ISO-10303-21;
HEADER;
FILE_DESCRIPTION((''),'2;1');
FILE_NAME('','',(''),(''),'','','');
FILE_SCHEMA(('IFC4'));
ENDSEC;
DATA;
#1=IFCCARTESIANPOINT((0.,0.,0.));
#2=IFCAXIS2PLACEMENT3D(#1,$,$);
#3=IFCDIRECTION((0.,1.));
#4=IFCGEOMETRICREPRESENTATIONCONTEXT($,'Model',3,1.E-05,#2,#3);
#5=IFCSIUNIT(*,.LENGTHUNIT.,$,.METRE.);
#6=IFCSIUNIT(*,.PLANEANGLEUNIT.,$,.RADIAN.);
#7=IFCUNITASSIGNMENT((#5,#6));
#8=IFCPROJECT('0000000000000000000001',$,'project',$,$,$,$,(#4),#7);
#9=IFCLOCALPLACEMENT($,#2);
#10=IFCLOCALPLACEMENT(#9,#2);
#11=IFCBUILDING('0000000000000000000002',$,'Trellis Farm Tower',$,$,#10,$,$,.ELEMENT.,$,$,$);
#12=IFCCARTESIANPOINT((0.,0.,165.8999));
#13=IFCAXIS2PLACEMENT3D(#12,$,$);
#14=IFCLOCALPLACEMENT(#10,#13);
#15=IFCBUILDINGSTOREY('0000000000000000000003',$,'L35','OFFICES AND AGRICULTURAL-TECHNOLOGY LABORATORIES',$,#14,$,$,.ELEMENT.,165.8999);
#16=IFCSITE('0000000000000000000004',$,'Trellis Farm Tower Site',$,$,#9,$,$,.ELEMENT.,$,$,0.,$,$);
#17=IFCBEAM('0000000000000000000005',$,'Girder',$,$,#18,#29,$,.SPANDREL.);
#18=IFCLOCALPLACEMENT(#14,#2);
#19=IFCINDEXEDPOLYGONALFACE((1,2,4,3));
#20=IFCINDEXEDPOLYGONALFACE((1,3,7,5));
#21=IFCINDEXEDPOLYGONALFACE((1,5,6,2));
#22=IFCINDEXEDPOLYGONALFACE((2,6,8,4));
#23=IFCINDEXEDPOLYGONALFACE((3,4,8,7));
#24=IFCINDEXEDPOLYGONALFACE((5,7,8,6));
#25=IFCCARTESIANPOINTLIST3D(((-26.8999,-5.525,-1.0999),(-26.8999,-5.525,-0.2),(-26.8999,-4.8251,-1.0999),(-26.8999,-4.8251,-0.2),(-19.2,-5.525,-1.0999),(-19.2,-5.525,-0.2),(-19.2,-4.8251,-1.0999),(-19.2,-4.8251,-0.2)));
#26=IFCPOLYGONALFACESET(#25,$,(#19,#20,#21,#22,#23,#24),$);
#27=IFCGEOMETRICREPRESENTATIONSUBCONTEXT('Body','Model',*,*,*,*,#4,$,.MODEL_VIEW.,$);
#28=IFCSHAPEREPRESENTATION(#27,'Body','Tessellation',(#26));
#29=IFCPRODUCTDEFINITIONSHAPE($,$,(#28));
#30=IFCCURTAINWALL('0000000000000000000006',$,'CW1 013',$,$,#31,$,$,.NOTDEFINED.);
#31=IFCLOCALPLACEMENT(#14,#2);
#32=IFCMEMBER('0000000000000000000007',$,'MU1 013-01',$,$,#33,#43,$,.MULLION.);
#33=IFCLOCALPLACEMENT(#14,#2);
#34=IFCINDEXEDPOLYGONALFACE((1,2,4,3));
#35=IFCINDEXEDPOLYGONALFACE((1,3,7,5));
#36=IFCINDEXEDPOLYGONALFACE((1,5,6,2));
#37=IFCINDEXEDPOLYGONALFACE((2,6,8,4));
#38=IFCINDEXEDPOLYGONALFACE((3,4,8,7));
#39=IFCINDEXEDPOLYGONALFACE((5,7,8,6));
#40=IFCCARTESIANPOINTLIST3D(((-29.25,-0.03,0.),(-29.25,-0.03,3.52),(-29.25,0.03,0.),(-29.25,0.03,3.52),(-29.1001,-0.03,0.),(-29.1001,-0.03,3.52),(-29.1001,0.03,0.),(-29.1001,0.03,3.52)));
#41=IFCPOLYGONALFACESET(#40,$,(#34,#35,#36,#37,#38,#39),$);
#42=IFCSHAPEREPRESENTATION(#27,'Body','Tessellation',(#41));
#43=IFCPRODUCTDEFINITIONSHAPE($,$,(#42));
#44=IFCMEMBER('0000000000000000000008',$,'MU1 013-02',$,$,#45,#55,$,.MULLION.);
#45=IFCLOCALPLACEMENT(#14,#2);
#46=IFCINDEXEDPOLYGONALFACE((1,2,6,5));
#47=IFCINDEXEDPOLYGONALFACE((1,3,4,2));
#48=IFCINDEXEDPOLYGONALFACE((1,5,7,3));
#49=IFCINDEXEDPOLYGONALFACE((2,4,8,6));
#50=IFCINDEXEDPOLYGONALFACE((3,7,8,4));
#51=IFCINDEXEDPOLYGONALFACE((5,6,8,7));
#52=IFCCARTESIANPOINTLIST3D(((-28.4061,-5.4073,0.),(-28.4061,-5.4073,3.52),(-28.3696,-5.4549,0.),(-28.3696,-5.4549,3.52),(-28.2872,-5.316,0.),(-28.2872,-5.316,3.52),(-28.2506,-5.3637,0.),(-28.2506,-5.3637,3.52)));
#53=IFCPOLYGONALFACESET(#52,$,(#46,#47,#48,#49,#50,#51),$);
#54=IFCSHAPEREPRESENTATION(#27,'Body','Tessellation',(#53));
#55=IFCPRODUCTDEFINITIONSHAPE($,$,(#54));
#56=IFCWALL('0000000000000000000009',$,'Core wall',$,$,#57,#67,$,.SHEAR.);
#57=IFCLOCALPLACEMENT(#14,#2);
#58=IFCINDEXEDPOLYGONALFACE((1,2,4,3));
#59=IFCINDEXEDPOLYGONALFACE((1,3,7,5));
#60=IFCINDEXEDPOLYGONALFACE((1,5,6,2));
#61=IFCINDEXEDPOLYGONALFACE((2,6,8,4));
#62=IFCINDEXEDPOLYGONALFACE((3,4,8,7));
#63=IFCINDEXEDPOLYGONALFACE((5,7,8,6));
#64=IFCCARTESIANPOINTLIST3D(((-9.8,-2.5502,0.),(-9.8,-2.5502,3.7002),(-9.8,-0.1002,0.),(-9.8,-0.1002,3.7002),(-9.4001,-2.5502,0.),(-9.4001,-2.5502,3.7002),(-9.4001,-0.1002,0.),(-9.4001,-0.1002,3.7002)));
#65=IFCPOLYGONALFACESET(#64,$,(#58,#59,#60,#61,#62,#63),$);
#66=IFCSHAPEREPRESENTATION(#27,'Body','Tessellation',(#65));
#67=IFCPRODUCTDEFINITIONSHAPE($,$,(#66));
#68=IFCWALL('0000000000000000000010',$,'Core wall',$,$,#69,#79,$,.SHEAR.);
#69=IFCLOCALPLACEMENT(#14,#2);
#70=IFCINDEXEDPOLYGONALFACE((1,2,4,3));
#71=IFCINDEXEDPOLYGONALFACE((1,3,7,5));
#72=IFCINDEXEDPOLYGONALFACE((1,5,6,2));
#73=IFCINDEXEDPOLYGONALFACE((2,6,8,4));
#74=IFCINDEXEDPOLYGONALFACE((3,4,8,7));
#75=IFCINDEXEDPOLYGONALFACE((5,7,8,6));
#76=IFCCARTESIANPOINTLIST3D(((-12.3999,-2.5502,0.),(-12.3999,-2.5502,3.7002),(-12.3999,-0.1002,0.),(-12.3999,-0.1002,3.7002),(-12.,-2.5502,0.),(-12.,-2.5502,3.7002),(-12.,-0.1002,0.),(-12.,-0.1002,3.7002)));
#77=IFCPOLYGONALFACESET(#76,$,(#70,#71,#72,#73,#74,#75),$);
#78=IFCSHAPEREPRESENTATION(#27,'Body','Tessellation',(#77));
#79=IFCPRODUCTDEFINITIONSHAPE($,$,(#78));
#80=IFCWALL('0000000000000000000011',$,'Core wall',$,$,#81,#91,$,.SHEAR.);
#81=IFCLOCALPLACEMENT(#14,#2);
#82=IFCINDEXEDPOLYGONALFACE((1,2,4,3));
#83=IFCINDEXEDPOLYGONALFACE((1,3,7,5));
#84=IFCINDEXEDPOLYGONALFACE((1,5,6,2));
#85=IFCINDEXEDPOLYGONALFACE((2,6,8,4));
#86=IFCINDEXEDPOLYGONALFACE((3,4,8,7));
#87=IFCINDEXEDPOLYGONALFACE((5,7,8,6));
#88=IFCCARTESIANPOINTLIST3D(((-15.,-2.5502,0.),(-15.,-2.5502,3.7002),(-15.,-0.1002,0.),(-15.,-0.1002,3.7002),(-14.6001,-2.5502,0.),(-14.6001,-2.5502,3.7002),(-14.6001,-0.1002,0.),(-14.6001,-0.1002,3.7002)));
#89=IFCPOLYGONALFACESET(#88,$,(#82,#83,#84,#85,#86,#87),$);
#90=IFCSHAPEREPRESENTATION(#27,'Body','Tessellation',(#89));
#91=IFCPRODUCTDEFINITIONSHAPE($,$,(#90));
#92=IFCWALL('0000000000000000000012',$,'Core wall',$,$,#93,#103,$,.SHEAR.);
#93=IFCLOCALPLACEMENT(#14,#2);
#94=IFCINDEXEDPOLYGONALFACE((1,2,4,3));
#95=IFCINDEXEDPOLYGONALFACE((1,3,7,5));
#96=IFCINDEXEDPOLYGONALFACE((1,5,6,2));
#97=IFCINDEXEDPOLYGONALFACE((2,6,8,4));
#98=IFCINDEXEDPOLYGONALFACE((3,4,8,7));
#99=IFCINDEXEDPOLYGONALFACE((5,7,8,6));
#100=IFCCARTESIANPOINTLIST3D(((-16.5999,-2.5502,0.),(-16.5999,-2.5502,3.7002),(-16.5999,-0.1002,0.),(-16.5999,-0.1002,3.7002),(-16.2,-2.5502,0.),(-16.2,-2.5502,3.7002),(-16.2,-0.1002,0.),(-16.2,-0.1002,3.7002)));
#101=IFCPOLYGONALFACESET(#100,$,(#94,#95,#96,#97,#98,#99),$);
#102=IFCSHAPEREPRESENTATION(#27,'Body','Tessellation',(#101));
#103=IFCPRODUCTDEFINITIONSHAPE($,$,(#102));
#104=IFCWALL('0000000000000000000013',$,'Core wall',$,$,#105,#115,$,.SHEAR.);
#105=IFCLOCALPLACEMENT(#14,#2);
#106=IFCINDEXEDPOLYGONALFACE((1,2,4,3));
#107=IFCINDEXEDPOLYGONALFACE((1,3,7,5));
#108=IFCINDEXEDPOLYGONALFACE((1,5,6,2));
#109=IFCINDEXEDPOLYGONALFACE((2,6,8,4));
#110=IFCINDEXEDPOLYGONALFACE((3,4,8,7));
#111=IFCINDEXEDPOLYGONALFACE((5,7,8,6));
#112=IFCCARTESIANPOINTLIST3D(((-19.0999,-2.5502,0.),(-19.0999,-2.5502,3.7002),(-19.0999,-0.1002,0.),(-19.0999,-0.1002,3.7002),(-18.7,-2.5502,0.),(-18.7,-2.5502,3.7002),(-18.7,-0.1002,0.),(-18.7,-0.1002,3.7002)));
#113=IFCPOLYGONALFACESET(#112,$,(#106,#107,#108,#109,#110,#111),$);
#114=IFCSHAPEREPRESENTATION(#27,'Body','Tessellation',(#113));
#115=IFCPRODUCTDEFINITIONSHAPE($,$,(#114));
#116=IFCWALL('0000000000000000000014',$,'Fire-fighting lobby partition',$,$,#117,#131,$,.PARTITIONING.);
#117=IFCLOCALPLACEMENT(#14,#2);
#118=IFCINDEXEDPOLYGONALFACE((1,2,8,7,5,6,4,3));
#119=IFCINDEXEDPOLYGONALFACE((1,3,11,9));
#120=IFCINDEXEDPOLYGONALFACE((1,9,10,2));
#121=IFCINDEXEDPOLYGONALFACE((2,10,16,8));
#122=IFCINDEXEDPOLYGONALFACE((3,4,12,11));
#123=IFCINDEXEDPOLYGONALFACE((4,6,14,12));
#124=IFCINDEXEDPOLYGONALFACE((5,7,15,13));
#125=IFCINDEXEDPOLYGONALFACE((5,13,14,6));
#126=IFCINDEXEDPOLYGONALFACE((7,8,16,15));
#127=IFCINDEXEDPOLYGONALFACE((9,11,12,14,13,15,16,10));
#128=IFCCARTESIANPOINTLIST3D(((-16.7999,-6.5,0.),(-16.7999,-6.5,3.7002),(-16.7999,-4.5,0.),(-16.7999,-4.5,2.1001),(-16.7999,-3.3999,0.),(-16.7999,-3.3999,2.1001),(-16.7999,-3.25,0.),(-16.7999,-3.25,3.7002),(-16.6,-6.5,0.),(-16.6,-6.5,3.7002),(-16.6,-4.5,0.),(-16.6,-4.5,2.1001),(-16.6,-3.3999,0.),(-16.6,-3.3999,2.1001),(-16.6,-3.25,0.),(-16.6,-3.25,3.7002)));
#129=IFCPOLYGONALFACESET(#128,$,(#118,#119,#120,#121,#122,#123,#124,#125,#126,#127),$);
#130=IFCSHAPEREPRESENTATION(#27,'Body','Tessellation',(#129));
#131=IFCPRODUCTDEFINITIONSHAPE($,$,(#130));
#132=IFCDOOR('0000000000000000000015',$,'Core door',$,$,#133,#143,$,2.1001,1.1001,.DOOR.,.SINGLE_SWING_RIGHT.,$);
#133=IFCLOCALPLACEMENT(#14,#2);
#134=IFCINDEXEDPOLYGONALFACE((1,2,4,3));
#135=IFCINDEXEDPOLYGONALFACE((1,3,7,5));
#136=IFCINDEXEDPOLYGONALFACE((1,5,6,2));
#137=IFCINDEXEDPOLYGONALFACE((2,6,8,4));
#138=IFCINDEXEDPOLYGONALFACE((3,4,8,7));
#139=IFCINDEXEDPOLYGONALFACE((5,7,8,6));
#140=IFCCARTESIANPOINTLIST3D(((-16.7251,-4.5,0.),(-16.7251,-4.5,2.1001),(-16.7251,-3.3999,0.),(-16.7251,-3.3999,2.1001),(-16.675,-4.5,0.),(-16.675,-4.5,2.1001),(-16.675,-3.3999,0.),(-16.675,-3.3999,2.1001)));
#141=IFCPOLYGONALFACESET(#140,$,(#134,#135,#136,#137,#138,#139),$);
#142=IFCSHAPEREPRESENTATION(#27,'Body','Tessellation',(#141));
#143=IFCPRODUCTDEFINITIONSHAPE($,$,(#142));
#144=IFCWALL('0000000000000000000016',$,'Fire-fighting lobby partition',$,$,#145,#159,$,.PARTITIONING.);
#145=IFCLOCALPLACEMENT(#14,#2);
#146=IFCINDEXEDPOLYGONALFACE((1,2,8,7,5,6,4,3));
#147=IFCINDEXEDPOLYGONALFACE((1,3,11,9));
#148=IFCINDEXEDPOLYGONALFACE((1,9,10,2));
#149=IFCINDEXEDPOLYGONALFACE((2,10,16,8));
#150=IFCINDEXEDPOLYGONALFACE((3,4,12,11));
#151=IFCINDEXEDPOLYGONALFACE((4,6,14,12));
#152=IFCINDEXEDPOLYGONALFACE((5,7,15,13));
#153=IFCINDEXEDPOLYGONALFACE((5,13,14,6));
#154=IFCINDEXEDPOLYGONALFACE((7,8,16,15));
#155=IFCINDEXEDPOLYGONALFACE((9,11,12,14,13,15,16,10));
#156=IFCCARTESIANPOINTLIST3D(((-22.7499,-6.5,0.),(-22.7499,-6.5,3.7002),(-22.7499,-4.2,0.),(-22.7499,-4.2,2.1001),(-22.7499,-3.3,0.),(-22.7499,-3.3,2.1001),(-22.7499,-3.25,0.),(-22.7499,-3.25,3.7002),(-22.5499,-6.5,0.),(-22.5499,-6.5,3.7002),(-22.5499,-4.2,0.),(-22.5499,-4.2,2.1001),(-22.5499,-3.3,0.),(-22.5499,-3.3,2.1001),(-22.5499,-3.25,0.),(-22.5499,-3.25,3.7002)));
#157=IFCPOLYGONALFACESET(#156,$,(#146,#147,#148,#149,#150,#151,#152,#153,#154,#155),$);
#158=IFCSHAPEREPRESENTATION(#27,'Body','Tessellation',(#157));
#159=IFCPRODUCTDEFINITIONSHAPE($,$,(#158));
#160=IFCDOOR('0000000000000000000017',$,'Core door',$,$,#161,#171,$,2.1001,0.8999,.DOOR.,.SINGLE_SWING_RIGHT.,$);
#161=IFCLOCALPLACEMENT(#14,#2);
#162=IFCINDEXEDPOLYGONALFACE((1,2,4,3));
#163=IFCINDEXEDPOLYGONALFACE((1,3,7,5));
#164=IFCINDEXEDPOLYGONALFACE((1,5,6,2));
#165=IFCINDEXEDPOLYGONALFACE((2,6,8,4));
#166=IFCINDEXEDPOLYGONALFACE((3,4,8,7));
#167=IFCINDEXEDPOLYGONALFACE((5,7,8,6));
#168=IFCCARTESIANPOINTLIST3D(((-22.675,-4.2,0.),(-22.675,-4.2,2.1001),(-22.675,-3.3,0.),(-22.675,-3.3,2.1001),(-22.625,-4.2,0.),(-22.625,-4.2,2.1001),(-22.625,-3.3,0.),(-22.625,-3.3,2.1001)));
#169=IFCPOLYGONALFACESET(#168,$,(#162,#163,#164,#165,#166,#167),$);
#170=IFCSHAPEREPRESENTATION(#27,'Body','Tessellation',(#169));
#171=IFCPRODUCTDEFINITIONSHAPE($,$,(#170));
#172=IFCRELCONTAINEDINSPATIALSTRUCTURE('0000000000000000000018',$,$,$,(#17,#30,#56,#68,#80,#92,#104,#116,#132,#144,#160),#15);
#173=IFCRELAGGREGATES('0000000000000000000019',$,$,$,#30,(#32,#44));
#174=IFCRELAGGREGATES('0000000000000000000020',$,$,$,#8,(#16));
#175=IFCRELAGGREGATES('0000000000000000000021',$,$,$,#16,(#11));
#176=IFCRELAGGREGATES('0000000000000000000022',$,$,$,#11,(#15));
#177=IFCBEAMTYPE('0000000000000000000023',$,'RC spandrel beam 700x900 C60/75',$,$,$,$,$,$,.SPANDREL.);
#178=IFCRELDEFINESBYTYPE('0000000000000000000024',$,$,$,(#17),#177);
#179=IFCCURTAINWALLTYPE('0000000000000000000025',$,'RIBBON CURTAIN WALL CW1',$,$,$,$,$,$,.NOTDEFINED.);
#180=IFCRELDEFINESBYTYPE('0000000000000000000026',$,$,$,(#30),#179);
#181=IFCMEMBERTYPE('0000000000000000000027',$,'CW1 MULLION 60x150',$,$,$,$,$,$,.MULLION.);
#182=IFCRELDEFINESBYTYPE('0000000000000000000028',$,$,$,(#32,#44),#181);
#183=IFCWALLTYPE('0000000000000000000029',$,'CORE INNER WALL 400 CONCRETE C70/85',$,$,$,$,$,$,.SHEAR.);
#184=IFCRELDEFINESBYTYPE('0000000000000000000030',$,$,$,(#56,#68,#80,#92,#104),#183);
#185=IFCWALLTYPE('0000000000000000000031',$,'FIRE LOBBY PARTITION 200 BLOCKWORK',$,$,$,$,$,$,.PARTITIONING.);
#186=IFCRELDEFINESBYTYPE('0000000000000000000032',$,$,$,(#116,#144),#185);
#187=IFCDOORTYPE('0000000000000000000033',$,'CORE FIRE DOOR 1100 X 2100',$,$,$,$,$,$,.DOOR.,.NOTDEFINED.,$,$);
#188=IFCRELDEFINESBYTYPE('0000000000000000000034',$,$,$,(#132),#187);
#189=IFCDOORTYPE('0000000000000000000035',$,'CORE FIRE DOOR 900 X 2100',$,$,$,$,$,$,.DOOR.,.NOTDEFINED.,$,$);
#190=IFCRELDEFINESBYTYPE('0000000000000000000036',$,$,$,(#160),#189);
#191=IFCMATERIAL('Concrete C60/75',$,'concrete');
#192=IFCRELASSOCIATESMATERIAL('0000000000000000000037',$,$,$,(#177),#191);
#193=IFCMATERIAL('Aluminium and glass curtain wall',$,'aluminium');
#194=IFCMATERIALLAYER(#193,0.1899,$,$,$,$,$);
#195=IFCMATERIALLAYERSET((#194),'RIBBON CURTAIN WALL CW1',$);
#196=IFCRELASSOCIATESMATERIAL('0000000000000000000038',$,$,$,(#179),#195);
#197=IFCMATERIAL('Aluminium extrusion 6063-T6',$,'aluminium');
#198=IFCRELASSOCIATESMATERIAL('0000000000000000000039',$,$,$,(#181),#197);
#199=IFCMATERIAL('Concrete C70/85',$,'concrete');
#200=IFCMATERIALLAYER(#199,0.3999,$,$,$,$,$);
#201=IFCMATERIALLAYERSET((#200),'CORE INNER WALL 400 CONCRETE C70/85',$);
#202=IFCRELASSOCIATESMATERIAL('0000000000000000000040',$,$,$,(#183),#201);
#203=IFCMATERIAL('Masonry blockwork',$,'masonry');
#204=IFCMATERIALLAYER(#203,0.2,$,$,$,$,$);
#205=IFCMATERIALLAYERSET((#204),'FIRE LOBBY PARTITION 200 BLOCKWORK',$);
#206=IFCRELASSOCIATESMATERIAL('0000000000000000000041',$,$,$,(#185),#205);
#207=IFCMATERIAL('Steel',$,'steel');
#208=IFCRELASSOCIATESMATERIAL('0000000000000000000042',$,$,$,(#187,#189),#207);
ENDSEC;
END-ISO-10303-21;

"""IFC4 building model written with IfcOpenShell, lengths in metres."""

from ifc_helpers import new_model, si_unit, direction, frame, frame_2d, origin, origin_2d, place, context, subcontext, project, spatial, rectangle, extrude, source, transform, mapped, material, layer, layer_set, material_profile, profile_set, type_object, element, fill, aggregate, save


model = new_model("IFC4")

# Units and contexts
model_context = context("Model", 3, precision=1e-05, world=origin(), true_north=direction((0.0, 1.0)))
body_context = subcontext(model_context, "Body", "Model", "MODEL_VIEW")
ifc_project = project(units=[si_unit("LENGTHUNIT", "METRE"), si_unit("PLANEANGLEUNIT", "RADIAN")], contexts=[model_context])

# Site, building, storey
site_placement = place(None, origin())
site = spatial("IfcSite", under=ifc_project, at=site_placement, Name="Trellis Farm Tower Site", CompositionType="ELEMENT", RefElevation=0.0)
building_placement = place(site_placement, origin())
building = spatial("IfcBuilding", under=site, at=building_placement, Name="Trellis Farm Tower", CompositionType="ELEMENT")
storey_placement = place(building_placement, frame((0.0, 0.0, 165.8999)))
storey = spatial("IfcBuildingStorey", under=building, at=storey_placement, Name="L35", Description="OFFICES AND AGRICULTURAL-TECHNOLOGY LABORATORIES", CompositionType="ELEMENT", Elevation=165.8999)

# Shared definitions
ifc_material_1 = material(Name="Concrete C70/85", Category="concrete")

# Beam
ifc_material_2 = material(Name="Concrete C60/75", Category="concrete")
ifc_material_profile_1 = material_profile(ifc_material_2, rectangle(XDim=0.7, YDim=0.8999, at=origin_2d()), Name="RC spandrel beam 700x900 C60/75")
ifc_profile_set_1 = profile_set([ifc_material_profile_1], Name="Concrete C60/75")
beam_type_1 = type_object("IfcBeamType", Name="RC spandrel beam 700x900 C60/75", PredefinedType="SPANDREL", material=ifc_profile_set_1)
shared_shape_1 = source(origin(), body_context, "Body", "SweptSolid", [
    extrude(rectangle(XDim=0.7, YDim=0.8999, at=origin_2d()), origin(), (0.0, 0.0, 1.0), 7.7),
])
beam_1_placement = place(storey_placement, frame((-26.8999, -5.175, -0.6499), z_axis=(1.0, 0.0, 0.0), x_axis=(0.0, 1.0, 0.0)))
element("IfcBeam", 1, at=beam_1_placement, inside=storey, type_object=beam_type_1, Name="Girder", PredefinedType="SPANDREL", context=body_context, shape_type="MappedRepresentation", body=[
    mapped(shared_shape_1, transform((0.0, 0.0, 0.0))),
])

# Curtain wall, members
ifc_material_3 = material(Name="Aluminium and glass curtain wall", Category="aluminium")
ifc_layer_1 = layer(ifc_material_3, 0.1899)
ifc_layer_set_1 = layer_set([ifc_layer_1], Name="RIBBON CURTAIN WALL CW1")
curtain_wall_type = type_object("IfcCurtainWallType", Name="RIBBON CURTAIN WALL CW1", PredefinedType="NOTDEFINED", material=ifc_layer_set_1)
curtain_wall_placement = place(storey_placement, origin())
curtain_wall = element("IfcCurtainWall", 2, at=curtain_wall_placement, inside=storey, type_object=curtain_wall_type, Name="CW1 013", PredefinedType="NOTDEFINED")
ifc_material_4 = material(Name="Aluminium extrusion 6063-T6", Category="aluminium")
ifc_material_profile_2 = material_profile(ifc_material_4, rectangle(XDim=0.0601, YDim=0.1499, at=origin_2d()), Name="MULLION 60x150")
ifc_profile_set_2 = profile_set([ifc_material_profile_2], Name="Aluminium extrusion 6063-T6")
member_type = type_object("IfcMemberType", Name="CW1 MULLION 60x150", PredefinedType="MULLION", material=ifc_profile_set_2)
shared_shape_2 = source(origin(), body_context, "Body", "SweptSolid", [
    extrude(rectangle(XDim=0.0601, YDim=0.1499, at=origin_2d()), origin(), (0.0, 0.0, 1.0), 3.52),
])
member_1_placement = place(storey_placement, frame((-29.175, 0.0, 0.0), z_axis=(0.0, 0.0, 1.0), x_axis=(0.0, -1.0, 0.0)))
member_1 = element("IfcMember", 3, at=member_1_placement, type_object=member_type, Name="MU1 013-01", PredefinedType="MULLION", context=body_context, shape_type="MappedRepresentation", body=[
    mapped(shared_shape_2, transform((0.0, 0.0, 0.0))),
])
member_2_placement = place(storey_placement, frame((-28.3284, -5.3855, 0.0), z_axis=(0.0, 0.0, 1.0), x_axis=(0.608761, -0.793353, 0.0)))
member_2 = element("IfcMember", 4, at=member_2_placement, type_object=member_type, Name="MU1 013-02", PredefinedType="MULLION", context=body_context, shape_type="MappedRepresentation", body=[
    mapped(shared_shape_2, transform((0.0, 0.0, 0.0))),
])
aggregate(curtain_wall, [member_1, member_2])

# Walls
ifc_layer_2 = layer(ifc_material_1, 0.3999)
ifc_layer_set_2 = layer_set([ifc_layer_2], Name="CORE INNER WALL 400 CONCRETE C70/85")
wall_type_1 = type_object("IfcWallType", Name="CORE INNER WALL 400 CONCRETE C70/85", PredefinedType="SHEAR", material=ifc_layer_set_2)
shared_shape_3 = source(origin(), body_context, "Body", "SweptSolid", [
    extrude(rectangle(XDim=2.45, YDim=0.3999, at=frame_2d((1.2251, 0.0))), origin(), (0.0, 0.0, 1.0), 3.7002),
])
for number, where, z_axis, x_axis, name in (
    (5, (-9.6001, -0.1001, 0.0), (0.0, 0.0, 1.0), (0.0, -1.0, 0.0), "Core wall"),
    (6, (-12.2, -0.1001, 0.0), (0.0, 0.0, 1.0), (0.0, -1.0, 0.0), "Core wall"),
    (7, (-14.8, -0.1001, 0.0), (0.0, 0.0, 1.0), (0.0, -1.0, 0.0), "Core wall"),
    (8, (-16.3999, -0.1001, 0.0), (0.0, 0.0, 1.0), (0.0, -1.0, 0.0), "Core wall"),
    (9, (-18.8999, -0.1001, 0.0), (0.0, 0.0, 1.0), (0.0, -1.0, 0.0), "Core wall"),
):
    element("IfcWall", number, at=place(storey_placement, frame(where, z_axis=z_axis, x_axis=x_axis)), inside=storey, type_object=wall_type_1, Name=name, PredefinedType="SHEAR", context=body_context, shape_type="MappedRepresentation", body=[
        mapped(shared_shape_3, transform((0.0, 0.0, 0.0))),
    ])

# Walls, openings, doors
ifc_material_5 = material(Name="Masonry blockwork", Category="masonry")
ifc_layer_3 = layer(ifc_material_5, 0.2)
ifc_layer_set_3 = layer_set([ifc_layer_3], Name="FIRE LOBBY PARTITION 200 BLOCKWORK")
wall_type_2 = type_object("IfcWallType", Name="FIRE LOBBY PARTITION 200 BLOCKWORK", PredefinedType="PARTITIONING", material=ifc_layer_set_3)
shared_shape_4 = source(origin(), body_context, "Body", "SweptSolid", [
    extrude(rectangle(XDim=3.25, YDim=0.2, at=frame_2d((1.625, 0.0))), origin(), (0.0, 0.0, 1.0), 3.7002),
])
wall_1_placement = place(storey_placement, frame((-16.7, -3.25, 0.0), z_axis=(0.0, 0.0, 1.0), x_axis=(0.0, -1.0, 0.0)))
wall_1 = element("IfcWall", 10, at=wall_1_placement, inside=storey, type_object=wall_type_2, Name="Fire-fighting lobby partition", PredefinedType="PARTITIONING", context=body_context, shape_type="MappedRepresentation", body=[
    mapped(shared_shape_4, transform((0.0, 0.0, 0.0))),
])
shared_shape_5 = source(origin(), body_context, "Body", "SweptSolid", [
    extrude(rectangle(XDim=1.1001, YDim=2.1001, at=frame_2d((0.55, 1.05))), frame((0.0, 0.1101, 0.0), z_axis=(0.0, -1.0, 0.0), x_axis=(1.0, 0.0, 0.0)), (0.0, 0.0, 1.0), 0.2202),
])
opening_1_placement = place(wall_1_placement, frame((0.1499, 0.0, 0.0)))
opening_1 = element("IfcOpeningElement", 11, at=opening_1_placement, cuts=wall_1, PredefinedType="OPENING", context=body_context, shape_type="MappedRepresentation", body=[
    mapped(shared_shape_5, transform((0.0, 0.0, 0.0))),
])
ifc_material_6 = material(Name="Steel", Category="steel")
door_type_1 = type_object("IfcDoorType", Name="CORE FIRE DOOR 1100 X 2100", OperationType="NOTDEFINED", PredefinedType="DOOR", material=ifc_material_6)
shared_shape_6 = source(origin(), body_context, "Body", "SweptSolid", [
    extrude(rectangle(XDim=1.1001, YDim=2.1001, at=frame_2d((0.55, 1.05))), frame((0.0, 0.0249, 0.0), z_axis=(0.0, -1.0, 0.0), x_axis=(1.0, 0.0, 0.0)), (0.0, 0.0, 1.0), 0.05),
])
door_1_placement = place(opening_1_placement, origin())
door_1 = element("IfcDoor", 12, at=door_1_placement, inside=storey, type_object=door_type_1, Name="Core door", OperationType="SINGLE_SWING_RIGHT", OverallHeight=2.1001, OverallWidth=1.1001, PredefinedType="DOOR", context=body_context, shape_type="MappedRepresentation", body=[
    mapped(shared_shape_6, transform((0.0, 0.0, 0.0))),
])
fill(opening_1, door_1)
wall_2_placement = place(storey_placement, frame((-22.6499, -3.25, 0.0), z_axis=(0.0, 0.0, 1.0), x_axis=(0.0, -1.0, 0.0)))
wall_2 = element("IfcWall", 13, at=wall_2_placement, inside=storey, type_object=wall_type_2, Name="Fire-fighting lobby partition", PredefinedType="PARTITIONING", context=body_context, shape_type="MappedRepresentation", body=[
    mapped(shared_shape_4, transform((0.0, 0.0, 0.0))),
])
shared_shape_7 = source(origin(), body_context, "Body", "SweptSolid", [
    extrude(rectangle(XDim=0.8999, YDim=2.1001, at=frame_2d((0.45, 1.05))), frame((0.0, 0.1101, 0.0), z_axis=(0.0, -1.0, 0.0), x_axis=(1.0, 0.0, 0.0)), (0.0, 0.0, 1.0), 0.2202),
])
opening_2_placement = place(wall_2_placement, frame((0.05, 0.0, 0.0)))
opening_2 = element("IfcOpeningElement", 14, at=opening_2_placement, cuts=wall_2, PredefinedType="OPENING", context=body_context, shape_type="MappedRepresentation", body=[
    mapped(shared_shape_7, transform((0.0, 0.0, 0.0))),
])
door_type_2 = type_object("IfcDoorType", Name="CORE FIRE DOOR 900 X 2100", OperationType="NOTDEFINED", PredefinedType="DOOR", material=ifc_material_6)
shared_shape_8 = source(origin(), body_context, "Body", "SweptSolid", [
    extrude(rectangle(XDim=0.8999, YDim=2.1001, at=frame_2d((0.45, 1.05))), frame((0.0, 0.0249, 0.0), z_axis=(0.0, -1.0, 0.0), x_axis=(1.0, 0.0, 0.0)), (0.0, 0.0, 1.0), 0.05),
])
door_2_placement = place(opening_2_placement, origin())
door_2 = element("IfcDoor", 15, at=door_2_placement, inside=storey, type_object=door_type_2, Name="Core door", OperationType="SINGLE_SWING_RIGHT", OverallHeight=2.1001, OverallWidth=0.8999, PredefinedType="DOOR", context=body_context, shape_type="MappedRepresentation", body=[
    mapped(shared_shape_8, transform((0.0, 0.0, 0.0))),
])
fill(opening_2, door_2)

save(model, "model.ifc")
